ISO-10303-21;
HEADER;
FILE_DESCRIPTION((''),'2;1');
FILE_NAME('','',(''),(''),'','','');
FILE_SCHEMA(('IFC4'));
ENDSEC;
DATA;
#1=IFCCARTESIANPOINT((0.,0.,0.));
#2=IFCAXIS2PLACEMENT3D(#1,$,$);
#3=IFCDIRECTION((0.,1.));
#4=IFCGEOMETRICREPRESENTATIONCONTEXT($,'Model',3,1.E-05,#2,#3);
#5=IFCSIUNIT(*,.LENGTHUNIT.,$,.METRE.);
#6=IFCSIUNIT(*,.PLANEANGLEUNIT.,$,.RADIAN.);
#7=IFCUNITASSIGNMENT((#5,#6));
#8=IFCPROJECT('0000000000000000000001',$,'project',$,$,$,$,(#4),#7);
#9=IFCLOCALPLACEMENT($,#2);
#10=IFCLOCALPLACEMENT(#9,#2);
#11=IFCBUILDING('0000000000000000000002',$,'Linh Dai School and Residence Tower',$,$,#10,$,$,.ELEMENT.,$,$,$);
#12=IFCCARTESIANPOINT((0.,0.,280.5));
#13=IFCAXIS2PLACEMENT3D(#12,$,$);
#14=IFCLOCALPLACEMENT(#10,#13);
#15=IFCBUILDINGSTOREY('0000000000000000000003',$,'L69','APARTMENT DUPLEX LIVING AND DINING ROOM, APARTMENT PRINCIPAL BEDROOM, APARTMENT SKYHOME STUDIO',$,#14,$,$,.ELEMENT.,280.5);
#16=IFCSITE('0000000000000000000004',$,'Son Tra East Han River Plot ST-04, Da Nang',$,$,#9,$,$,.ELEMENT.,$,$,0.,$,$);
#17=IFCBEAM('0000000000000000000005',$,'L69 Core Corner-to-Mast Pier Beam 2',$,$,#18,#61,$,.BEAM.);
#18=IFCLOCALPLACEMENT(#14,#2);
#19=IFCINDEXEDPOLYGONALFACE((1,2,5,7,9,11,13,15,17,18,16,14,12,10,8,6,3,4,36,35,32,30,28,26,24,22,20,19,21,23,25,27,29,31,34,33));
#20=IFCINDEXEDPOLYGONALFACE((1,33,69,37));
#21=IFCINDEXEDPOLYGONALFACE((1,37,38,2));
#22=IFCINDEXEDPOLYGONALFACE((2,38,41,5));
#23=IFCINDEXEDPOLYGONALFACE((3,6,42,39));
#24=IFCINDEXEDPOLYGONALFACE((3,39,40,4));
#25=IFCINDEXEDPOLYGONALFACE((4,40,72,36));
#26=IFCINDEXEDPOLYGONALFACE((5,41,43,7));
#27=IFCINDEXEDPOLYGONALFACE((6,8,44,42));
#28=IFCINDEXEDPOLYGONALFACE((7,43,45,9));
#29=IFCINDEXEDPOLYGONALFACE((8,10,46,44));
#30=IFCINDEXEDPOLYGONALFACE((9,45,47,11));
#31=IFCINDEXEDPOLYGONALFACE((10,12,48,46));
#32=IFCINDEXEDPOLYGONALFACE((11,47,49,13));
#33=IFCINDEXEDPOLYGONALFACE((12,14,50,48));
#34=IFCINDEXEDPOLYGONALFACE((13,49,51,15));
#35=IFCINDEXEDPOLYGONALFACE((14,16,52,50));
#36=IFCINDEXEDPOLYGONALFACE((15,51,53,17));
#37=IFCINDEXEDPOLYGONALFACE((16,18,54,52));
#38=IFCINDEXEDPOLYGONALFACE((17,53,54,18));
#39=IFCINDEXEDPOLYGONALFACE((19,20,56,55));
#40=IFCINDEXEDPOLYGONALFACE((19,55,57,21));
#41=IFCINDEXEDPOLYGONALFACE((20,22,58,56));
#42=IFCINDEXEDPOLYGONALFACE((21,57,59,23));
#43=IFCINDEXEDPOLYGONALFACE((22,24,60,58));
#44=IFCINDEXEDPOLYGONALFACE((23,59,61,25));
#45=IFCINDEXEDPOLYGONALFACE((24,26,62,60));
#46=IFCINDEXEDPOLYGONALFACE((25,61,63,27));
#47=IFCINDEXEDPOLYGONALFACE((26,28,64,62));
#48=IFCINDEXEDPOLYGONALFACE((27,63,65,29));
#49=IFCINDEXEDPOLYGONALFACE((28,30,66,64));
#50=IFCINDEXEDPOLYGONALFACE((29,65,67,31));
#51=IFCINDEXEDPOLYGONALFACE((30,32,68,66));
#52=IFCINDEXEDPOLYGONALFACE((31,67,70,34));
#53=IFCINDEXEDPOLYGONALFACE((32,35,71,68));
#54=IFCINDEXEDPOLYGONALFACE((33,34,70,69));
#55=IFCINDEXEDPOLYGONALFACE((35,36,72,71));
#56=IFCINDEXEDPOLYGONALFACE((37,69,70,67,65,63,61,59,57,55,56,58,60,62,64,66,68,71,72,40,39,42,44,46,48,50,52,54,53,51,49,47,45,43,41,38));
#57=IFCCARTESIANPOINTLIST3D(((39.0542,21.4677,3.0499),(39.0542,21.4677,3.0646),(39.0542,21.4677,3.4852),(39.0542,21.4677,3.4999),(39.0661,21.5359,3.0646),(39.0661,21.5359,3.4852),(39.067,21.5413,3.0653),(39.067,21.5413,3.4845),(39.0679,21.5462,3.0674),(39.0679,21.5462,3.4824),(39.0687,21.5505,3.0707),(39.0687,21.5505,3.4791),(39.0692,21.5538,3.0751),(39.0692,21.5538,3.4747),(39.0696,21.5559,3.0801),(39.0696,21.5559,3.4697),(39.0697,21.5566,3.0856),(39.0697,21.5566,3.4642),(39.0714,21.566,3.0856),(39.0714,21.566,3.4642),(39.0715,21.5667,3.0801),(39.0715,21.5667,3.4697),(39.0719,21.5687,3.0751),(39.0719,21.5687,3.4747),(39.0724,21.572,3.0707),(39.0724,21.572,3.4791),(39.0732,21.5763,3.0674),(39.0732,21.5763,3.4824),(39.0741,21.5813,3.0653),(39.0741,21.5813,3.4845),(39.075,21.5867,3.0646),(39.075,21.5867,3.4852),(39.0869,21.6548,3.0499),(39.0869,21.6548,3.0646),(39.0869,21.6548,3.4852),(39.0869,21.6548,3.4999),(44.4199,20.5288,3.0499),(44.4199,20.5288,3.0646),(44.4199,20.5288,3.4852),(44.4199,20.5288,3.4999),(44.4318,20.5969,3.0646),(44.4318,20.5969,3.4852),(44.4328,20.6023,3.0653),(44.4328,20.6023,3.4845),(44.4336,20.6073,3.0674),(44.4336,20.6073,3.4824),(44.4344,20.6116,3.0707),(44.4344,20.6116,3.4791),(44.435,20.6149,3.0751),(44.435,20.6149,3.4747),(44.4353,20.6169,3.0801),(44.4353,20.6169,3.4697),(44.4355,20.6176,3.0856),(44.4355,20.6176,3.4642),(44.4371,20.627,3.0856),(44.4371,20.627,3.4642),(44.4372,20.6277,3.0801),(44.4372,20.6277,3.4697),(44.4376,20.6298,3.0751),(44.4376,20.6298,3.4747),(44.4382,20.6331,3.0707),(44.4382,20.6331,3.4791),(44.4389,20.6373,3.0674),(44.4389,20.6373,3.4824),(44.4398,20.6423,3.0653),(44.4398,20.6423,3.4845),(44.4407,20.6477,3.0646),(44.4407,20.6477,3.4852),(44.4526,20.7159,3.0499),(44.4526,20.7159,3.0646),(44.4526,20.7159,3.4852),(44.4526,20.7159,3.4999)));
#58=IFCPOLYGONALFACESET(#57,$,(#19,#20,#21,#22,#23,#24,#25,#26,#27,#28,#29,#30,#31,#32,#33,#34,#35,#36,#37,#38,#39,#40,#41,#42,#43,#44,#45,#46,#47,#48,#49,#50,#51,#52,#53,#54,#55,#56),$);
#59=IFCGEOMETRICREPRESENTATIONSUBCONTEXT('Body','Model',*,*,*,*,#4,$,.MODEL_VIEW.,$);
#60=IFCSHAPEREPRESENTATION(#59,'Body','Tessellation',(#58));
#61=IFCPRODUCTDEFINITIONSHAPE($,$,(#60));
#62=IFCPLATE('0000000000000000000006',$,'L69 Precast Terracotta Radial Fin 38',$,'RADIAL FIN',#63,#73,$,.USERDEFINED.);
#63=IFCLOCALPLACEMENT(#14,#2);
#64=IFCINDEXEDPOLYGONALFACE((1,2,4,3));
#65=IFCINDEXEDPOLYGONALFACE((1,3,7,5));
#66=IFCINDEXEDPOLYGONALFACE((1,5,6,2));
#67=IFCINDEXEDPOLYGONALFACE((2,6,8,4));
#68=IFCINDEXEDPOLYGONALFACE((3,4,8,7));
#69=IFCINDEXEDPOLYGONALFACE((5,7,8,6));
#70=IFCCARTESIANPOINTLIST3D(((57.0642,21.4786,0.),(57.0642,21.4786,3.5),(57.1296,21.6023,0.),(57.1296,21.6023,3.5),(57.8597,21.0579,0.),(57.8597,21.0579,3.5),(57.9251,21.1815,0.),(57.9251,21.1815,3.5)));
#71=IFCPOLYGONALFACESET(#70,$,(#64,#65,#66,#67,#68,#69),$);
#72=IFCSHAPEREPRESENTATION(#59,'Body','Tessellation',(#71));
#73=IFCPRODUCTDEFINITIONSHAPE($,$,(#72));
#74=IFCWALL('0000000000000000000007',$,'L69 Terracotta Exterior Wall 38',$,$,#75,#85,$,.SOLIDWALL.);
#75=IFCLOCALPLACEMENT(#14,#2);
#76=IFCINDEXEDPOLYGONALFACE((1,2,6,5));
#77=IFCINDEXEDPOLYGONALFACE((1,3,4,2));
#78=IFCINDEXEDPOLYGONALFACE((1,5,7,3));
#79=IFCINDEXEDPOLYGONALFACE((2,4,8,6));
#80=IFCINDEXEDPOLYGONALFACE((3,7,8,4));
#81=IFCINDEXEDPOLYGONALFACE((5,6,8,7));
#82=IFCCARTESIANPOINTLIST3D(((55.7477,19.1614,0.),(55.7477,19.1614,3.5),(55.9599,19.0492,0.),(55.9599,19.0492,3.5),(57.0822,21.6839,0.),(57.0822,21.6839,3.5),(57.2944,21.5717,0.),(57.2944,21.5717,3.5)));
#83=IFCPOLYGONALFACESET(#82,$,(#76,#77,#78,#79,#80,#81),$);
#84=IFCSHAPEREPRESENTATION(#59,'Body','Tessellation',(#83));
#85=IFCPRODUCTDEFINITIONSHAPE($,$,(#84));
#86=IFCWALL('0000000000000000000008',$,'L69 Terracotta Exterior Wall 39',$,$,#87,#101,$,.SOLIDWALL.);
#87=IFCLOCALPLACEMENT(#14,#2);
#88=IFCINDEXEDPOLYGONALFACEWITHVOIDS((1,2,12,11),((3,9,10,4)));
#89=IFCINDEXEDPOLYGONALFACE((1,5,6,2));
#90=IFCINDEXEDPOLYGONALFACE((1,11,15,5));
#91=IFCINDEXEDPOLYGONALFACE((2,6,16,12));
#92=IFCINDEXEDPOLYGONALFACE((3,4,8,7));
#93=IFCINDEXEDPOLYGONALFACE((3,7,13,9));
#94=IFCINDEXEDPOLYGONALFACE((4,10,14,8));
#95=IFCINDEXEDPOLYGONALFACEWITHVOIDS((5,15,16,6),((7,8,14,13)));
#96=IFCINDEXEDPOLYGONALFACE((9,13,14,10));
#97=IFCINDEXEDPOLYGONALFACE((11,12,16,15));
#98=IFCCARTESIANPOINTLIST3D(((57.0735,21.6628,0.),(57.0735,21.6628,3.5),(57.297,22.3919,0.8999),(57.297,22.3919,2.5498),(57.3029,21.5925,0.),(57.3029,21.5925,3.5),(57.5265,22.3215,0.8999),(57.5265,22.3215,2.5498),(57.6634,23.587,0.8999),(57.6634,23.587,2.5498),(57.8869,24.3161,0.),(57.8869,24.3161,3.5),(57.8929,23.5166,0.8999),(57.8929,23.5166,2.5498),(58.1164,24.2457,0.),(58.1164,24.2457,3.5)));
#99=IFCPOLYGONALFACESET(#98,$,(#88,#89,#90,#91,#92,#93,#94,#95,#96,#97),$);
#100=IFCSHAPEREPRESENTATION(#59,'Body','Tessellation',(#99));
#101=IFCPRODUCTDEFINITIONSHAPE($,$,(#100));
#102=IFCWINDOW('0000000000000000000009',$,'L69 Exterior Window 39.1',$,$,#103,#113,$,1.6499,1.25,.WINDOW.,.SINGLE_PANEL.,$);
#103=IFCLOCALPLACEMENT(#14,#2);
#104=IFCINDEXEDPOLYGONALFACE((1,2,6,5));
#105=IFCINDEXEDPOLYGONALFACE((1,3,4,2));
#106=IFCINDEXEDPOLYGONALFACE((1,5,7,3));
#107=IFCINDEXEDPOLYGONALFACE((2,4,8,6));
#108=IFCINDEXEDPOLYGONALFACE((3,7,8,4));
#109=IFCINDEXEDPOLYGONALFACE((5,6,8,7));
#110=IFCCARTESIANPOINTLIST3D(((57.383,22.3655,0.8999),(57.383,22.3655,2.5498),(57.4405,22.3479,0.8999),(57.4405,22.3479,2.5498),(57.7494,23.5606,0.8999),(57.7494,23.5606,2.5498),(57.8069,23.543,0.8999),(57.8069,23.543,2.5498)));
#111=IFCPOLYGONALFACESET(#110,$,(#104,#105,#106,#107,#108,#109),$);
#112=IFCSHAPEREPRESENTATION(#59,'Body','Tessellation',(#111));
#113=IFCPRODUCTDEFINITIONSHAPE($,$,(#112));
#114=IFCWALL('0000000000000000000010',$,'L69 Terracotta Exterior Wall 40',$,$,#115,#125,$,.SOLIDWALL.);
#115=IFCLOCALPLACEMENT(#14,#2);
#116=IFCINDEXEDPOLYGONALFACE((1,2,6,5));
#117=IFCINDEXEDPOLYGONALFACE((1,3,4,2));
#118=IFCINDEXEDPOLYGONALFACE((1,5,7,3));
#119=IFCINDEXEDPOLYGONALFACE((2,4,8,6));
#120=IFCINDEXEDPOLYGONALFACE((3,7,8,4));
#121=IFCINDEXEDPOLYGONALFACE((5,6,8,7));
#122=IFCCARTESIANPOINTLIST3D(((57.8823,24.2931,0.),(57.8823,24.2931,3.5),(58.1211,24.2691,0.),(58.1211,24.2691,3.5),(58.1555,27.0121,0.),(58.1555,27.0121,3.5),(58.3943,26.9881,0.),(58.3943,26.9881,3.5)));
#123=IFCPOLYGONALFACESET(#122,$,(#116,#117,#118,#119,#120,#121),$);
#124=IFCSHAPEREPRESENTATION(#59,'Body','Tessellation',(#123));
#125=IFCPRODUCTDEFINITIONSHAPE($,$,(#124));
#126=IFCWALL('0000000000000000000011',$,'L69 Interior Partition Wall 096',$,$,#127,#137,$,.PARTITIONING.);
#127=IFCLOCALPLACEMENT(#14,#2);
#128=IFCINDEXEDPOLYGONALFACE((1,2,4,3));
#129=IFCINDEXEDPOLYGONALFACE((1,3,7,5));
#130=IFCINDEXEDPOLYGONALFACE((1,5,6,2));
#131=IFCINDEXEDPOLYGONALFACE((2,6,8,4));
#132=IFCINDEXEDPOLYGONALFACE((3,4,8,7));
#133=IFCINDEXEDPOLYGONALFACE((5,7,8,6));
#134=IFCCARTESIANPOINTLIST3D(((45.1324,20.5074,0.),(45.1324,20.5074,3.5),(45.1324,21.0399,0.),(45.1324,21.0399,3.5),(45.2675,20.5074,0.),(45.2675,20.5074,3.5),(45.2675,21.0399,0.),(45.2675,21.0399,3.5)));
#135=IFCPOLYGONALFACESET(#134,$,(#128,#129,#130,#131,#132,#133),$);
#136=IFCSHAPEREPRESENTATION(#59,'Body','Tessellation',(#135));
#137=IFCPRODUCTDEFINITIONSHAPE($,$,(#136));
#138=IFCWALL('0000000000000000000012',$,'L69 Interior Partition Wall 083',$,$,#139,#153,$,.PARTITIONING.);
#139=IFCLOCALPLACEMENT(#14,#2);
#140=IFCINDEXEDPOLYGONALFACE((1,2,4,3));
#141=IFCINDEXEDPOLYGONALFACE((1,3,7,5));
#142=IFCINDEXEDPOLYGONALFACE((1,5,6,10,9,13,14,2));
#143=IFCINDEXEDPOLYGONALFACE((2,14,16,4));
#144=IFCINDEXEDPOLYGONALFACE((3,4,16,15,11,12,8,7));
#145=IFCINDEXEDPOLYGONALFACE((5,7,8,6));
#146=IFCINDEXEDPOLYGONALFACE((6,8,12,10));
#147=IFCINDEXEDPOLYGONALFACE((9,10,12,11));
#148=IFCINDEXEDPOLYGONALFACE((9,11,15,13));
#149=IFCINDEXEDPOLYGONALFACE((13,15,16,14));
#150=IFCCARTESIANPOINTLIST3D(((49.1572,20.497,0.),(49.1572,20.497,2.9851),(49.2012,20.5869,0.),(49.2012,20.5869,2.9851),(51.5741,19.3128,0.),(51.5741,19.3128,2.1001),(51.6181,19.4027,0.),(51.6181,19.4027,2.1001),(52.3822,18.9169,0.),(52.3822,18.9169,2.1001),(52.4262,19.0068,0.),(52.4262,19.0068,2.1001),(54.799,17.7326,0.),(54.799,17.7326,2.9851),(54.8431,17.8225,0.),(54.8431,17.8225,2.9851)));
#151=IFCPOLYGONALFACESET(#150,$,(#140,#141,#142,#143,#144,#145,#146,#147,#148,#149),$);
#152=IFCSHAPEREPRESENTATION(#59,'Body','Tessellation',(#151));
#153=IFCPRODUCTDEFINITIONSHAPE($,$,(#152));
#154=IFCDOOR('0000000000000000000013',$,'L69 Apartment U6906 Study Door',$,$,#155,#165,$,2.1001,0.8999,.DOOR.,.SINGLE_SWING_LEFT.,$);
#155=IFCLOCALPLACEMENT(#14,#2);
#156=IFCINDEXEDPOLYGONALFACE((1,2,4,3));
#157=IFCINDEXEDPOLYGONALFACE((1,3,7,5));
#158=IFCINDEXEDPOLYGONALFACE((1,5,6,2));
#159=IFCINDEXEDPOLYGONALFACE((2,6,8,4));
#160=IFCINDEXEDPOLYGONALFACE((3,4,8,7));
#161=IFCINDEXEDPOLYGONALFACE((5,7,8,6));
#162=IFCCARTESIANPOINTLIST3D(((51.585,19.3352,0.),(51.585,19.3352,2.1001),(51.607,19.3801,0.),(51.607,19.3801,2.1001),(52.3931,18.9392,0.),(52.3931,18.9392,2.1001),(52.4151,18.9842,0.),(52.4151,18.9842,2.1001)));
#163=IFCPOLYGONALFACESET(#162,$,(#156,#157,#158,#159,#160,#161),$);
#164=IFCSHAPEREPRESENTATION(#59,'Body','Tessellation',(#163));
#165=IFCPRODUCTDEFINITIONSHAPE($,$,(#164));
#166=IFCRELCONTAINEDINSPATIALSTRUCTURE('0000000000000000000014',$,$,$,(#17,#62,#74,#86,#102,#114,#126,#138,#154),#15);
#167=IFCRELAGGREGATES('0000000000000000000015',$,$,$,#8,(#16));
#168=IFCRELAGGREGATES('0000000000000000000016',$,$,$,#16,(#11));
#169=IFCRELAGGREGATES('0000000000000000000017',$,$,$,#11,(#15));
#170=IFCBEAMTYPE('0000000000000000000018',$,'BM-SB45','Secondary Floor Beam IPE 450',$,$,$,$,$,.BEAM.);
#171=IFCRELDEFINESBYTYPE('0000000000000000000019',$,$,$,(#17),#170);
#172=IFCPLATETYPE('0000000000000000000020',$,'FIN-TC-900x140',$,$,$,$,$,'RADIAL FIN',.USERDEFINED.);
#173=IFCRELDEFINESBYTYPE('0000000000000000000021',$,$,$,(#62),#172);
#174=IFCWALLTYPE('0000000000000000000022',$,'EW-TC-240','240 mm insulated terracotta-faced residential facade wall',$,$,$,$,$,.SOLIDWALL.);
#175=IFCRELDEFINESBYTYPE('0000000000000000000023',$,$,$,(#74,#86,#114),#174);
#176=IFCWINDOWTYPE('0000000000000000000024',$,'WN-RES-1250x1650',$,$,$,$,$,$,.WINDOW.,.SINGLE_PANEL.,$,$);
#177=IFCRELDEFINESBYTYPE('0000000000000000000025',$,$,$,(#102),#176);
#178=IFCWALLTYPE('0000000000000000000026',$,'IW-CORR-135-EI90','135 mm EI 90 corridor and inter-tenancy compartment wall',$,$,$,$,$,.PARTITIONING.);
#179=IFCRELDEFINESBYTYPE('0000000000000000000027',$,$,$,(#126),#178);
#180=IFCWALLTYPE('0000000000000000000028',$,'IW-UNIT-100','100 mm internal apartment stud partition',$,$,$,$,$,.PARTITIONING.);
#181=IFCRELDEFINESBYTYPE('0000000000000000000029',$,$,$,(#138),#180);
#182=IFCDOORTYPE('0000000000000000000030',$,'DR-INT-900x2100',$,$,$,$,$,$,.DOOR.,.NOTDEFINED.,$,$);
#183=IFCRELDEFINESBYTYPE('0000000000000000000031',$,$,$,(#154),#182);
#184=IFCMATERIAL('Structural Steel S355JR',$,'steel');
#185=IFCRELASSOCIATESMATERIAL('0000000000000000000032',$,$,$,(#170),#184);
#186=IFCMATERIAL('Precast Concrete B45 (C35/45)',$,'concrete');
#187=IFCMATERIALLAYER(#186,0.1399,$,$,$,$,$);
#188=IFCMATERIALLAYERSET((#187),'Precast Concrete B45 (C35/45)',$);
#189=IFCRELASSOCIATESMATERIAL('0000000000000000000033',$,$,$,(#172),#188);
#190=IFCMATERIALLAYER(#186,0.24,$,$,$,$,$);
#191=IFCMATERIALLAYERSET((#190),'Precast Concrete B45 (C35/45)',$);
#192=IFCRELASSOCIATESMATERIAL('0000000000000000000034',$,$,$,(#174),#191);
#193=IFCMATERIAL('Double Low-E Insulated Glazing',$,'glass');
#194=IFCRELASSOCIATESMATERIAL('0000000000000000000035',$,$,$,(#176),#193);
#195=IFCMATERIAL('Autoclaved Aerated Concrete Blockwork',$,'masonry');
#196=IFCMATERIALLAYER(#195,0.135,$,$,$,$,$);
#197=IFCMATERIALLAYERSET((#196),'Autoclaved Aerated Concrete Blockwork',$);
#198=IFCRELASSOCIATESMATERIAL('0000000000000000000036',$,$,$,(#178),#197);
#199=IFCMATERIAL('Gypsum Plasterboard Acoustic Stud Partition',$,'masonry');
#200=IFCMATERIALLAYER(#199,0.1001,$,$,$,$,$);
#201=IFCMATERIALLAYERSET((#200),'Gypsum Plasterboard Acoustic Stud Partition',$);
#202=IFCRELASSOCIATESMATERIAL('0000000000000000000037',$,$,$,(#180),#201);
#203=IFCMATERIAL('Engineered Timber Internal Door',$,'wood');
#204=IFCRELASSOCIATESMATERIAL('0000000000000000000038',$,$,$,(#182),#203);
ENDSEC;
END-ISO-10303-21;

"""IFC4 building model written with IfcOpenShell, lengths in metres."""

from ifc_helpers import new_model, si_unit, direction, frame, frame_2d, origin, origin_2d, place, context, subcontext, project, spatial, rectangle, i_section, extrude, source, transform, mapped, material, layer, layer_set, material_profile, profile_set, type_object, element, fill, save


model = new_model("IFC4")

# Units and contexts
model_context = context("Model", 3, precision=1e-05, world=origin(), true_north=direction((0.0, 1.0)))
body_context = subcontext(model_context, "Body", "Model", "MODEL_VIEW")
ifc_project = project(units=[si_unit("LENGTHUNIT", "METRE"), si_unit("PLANEANGLEUNIT", "RADIAN")], contexts=[model_context])

# Site, building, storey
site_placement = place(None, origin())
site = spatial("IfcSite", under=ifc_project, at=site_placement, Name="Son Tra East Han River Plot ST-04, Da Nang", CompositionType="ELEMENT", RefElevation=0.0)
building_placement = place(site_placement, origin())
building = spatial("IfcBuilding", under=site, at=building_placement, Name="Linh Dai School and Residence Tower", CompositionType="ELEMENT")
storey_placement = place(building_placement, frame((0.0, 0.0, 280.5)))
storey = spatial("IfcBuildingStorey", under=building, at=storey_placement, Name="L69", Description="APARTMENT DUPLEX LIVING AND DINING ROOM, APARTMENT PRINCIPAL BEDROOM, APARTMENT SKYHOME STUDIO", CompositionType="ELEMENT", Elevation=280.5)

# Shared definitions
ifc_material_1 = material(Name="Structural Steel S355JR", Category="steel")

# Beam
ifc_material_profile_1 = material_profile(ifc_material_1, i_section(OverallWidth=0.1899, OverallDepth=0.45, WebThickness=0.0095, FlangeThickness=0.0146, FilletRadius=0.021, at=origin_2d()), Name="IPE 450")
ifc_profile_set_1 = profile_set([ifc_material_profile_1], Name="Structural Steel S355JR")
beam_type_1 = type_object("IfcBeamType", Name="BM-SB45", Description="Secondary Floor Beam IPE 450", PredefinedType="BEAM", material=ifc_profile_set_1)
beam_1_placement = place(storey_placement, frame((44.4363, 20.6223, 3.2749), z_axis=(-0.985032, 0.172374, 0.0), x_axis=(-0.172374, -0.985032, 0.0)))
element("IfcBeam", 1, at=beam_1_placement, inside=storey, type_object=beam_type_1, Name="L69 Core Corner-to-Mast Pier Beam 2", PredefinedType="BEAM", context=body_context, shape_type="SweptSolid", body=[
    extrude(i_section(OverallWidth=0.1899, OverallDepth=0.45, WebThickness=0.0095, FlangeThickness=0.0146, FilletRadius=0.021, at=origin_2d()), origin(), (0.0, 0.0, 1.0), 5.4473),
])

# Plate
ifc_material_2 = material(Name="Precast Concrete B45 (C35/45)", Category="concrete")
ifc_layer_1 = layer(ifc_material_2, 0.1399)
ifc_layer_set_1 = layer_set([ifc_layer_1], Name="Precast Concrete B45 (C35/45)")
plate_type = type_object("IfcPlateType", Name="FIN-TC-900x140", ElementType="RADIAL FIN", PredefinedType="USERDEFINED", material=ifc_layer_set_1)
shared_shape_1 = source(origin(), body_context, "Body", "SweptSolid", [
    extrude(rectangle(XDim=0.8999, YDim=0.1399, at=origin_2d()), origin(), (0.0, 0.0, 1.0), 3.5),
])
plate_placement = place(storey_placement, frame((57.4946, 21.3301, 0.0), z_axis=(0.0, 0.0, 1.0), x_axis=(0.883938, -0.467604, 0.0)))
element("IfcPlate", 2, at=plate_placement, inside=storey, type_object=plate_type, Name="L69 Precast Terracotta Radial Fin 38", ObjectType="RADIAL FIN", PredefinedType="USERDEFINED", context=body_context, shape_type="MappedRepresentation", body=[
    mapped(shared_shape_1, transform((0.0, 0.0, 0.0), x_axis=(1.0, 0.0, 0.0), y_axis=(0.0, 1.0, 0.0), z_axis=(0.0, 0.0, 1.0), scale=1.0)),
])

# Wall
ifc_layer_2 = layer(ifc_material_2, 0.24)
ifc_layer_set_2 = layer_set([ifc_layer_2], Name="Precast Concrete B45 (C35/45)")
wall_type_1 = type_object("IfcWallType", Name="EW-TC-240", Description="240 mm insulated terracotta-faced residential facade wall", PredefinedType="SOLIDWALL", material=ifc_layer_set_2)
wall_1_placement = place(storey_placement, frame((57.1882, 21.6277, 0.0), z_axis=(0.0, 0.0, 1.0), x_axis=(-0.467628, -0.883925, 0.0)))
element("IfcWall", 3, at=wall_1_placement, inside=storey, type_object=wall_type_1, Name="L69 Terracotta Exterior Wall 38", PredefinedType="SOLIDWALL", context=body_context, shape_type="SweptSolid", body=[
    extrude(rectangle(XDim=2.8538, YDim=0.24, at=frame_2d((1.4268, 0.0))), origin(), (0.0, 0.0, 1.0), 3.5),
])

# Wall, opening, window
wall_2_placement = place(storey_placement, frame((58.0017, 24.281, 0.0), z_axis=(0.0, 0.0, 1.0), x_axis=(-0.293121, -0.956075, 0.0)))
wall_2 = element("IfcWall", 4, at=wall_2_placement, inside=storey, type_object=wall_type_1, Name="L69 Terracotta Exterior Wall 39", PredefinedType="SOLIDWALL", context=body_context, shape_type="SweptSolid", body=[
    extrude(rectangle(XDim=2.7751, YDim=0.24, at=frame_2d((1.3877, 0.0))), origin(), (0.0, 0.0, 1.0), 3.5),
])
opening_1_placement = place(wall_2_placement, frame((0.7627, 0.0, 0.8999)))
opening_1 = element("IfcOpeningElement", 5, at=opening_1_placement, cuts=wall_2, PredefinedType="OPENING", context=body_context, shape_type="SweptSolid", body=[
    extrude(rectangle(XDim=1.25, YDim=1.6499, at=origin_2d()), frame((0.625, 0.1299, 0.825), z_axis=(0.0, -1.0, 0.0), x_axis=(1.0, 0.0, 0.0)), (0.0, 0.0, 1.0), 0.26),
])
ifc_material_3 = material(Name="Double Low-E Insulated Glazing", Category="glass")
window_type = type_object("IfcWindowType", Name="WN-RES-1250x1650", PartitioningType="SINGLE_PANEL", PredefinedType="WINDOW", material=ifc_material_3)
shared_shape_2 = source(origin(), body_context, "Body", "SweptSolid", [
    extrude(rectangle(XDim=1.25, YDim=1.6499, at=origin_2d()), frame((0.625, 0.03, 0.825), z_axis=(0.0, -1.0, 0.0), x_axis=(1.0, 0.0, 0.0)), (0.0, 0.0, 1.0), 0.0601),
])
window_placement = place(opening_1_placement, origin())
window = element("IfcWindow", 6, at=window_placement, inside=storey, type_object=window_type, Name="L69 Exterior Window 39.1", OverallHeight=1.6499, OverallWidth=1.25, PartitioningType="SINGLE_PANEL", PredefinedType="WINDOW", context=body_context, shape_type="MappedRepresentation", body=[
    mapped(shared_shape_2, transform((0.0, 0.0, 0.0), x_axis=(1.0, 0.0, 0.0), y_axis=(0.0, 1.0, 0.0), z_axis=(0.0, 0.0, 1.0), scale=1.0)),
])
fill(opening_1, window)

# Walls
wall_3_placement = place(storey_placement, frame((58.2749, 27.0, 0.0), z_axis=(0.0, 0.0, 1.0), x_axis=(-0.099973, -0.99499, 0.0)))
element("IfcWall", 7, at=wall_3_placement, inside=storey, type_object=wall_type_1, Name="L69 Terracotta Exterior Wall 40", PredefinedType="SOLIDWALL", context=body_context, shape_type="SweptSolid", body=[
    extrude(rectangle(XDim=2.7327, YDim=0.24, at=frame_2d((1.3662, 0.0))), origin(), (0.0, 0.0, 1.0), 3.5),
])
ifc_material_4 = material(Name="Autoclaved Aerated Concrete Blockwork", Category="masonry")
ifc_layer_3 = layer(ifc_material_4, 0.135)
ifc_layer_set_3 = layer_set([ifc_layer_3], Name="Autoclaved Aerated Concrete Blockwork")
wall_type_2 = type_object("IfcWallType", Name="IW-CORR-135-EI90", Description="135 mm EI 90 corridor and inter-tenancy compartment wall", PredefinedType="PARTITIONING", material=ifc_layer_set_3)
wall_4_placement = place(storey_placement, frame((45.2, 20.5076, 0.0), z_axis=(0.0, 0.0, 1.0), x_axis=(0.0, 1.0, 0.0)))
element("IfcWall", 8, at=wall_4_placement, inside=storey, type_object=wall_type_2, Name="L69 Interior Partition Wall 096", PredefinedType="PARTITIONING", context=body_context, shape_type="SweptSolid", body=[
    extrude(rectangle(XDim=0.5325, YDim=0.135, at=frame_2d((0.2661, 0.0))), origin(), (0.0, 0.0, 1.0), 3.5),
])

# Wall, opening, door
ifc_material_5 = material(Name="Gypsum Plasterboard Acoustic Stud Partition", Category="masonry")
ifc_layer_4 = layer(ifc_material_5, 0.1001)
ifc_layer_set_4 = layer_set([ifc_layer_4], Name="Gypsum Plasterboard Acoustic Stud Partition")
wall_type_3 = type_object("IfcWallType", Name="IW-UNIT-100", Description="100 mm internal apartment stud partition", PredefinedType="PARTITIONING", material=ifc_layer_set_4)
wall_5_placement = place(storey_placement, frame((49.1792, 20.542, 0.0), z_axis=(0.0, 0.0, 1.0), x_axis=(0.897997, -0.440002, 0.0)))
wall_5 = element("IfcWall", 9, at=wall_5_placement, inside=storey, type_object=wall_type_3, Name="L69 Interior Partition Wall 083", PredefinedType="PARTITIONING", context=body_context, shape_type="SweptSolid", body=[
    extrude(rectangle(XDim=6.2827, YDim=0.1001, at=frame_2d((3.1414, 0.0))), origin(), (0.0, 0.0, 1.0), 2.9851),
])
opening_2_placement = place(wall_5_placement, frame((2.6914, 0.0, 0.0)))
opening_2 = element("IfcOpeningElement", 10, at=opening_2_placement, cuts=wall_5, PredefinedType="OPENING", context=body_context, shape_type="SweptSolid", body=[
    extrude(rectangle(XDim=0.8999, YDim=2.1001, at=origin_2d()), frame((0.45, 0.0601, 1.05), z_axis=(0.0, -1.0, 0.0), x_axis=(1.0, 0.0, 0.0)), (0.0, 0.0, 1.0), 0.1201),
])
ifc_material_6 = material(Name="Engineered Timber Internal Door", Category="wood")
door_type_1 = type_object("IfcDoorType", Name="DR-INT-900x2100", OperationType="NOTDEFINED", PredefinedType="DOOR", material=ifc_material_6)
shared_shape_3 = source(origin(), body_context, "Body", "SweptSolid", [
    extrude(rectangle(XDim=0.8999, YDim=2.1001, at=origin_2d()), frame((0.45, 0.0249, 1.05), z_axis=(0.0, -1.0, 0.0), x_axis=(1.0, 0.0, 0.0)), (0.0, 0.0, 1.0), 0.05),
])
door_1_placement = place(opening_2_placement, origin())
door_1 = element("IfcDoor", 11, at=door_1_placement, inside=storey, type_object=door_type_1, Name="L69 Apartment U6906 Study Door", OperationType="SINGLE_SWING_LEFT", OverallHeight=2.1001, OverallWidth=0.8999, PredefinedType="DOOR", context=body_context, shape_type="MappedRepresentation", body=[
    mapped(shared_shape_3, transform((0.0, 0.0, 0.0), x_axis=(1.0, 0.0, 0.0), y_axis=(0.0, 1.0, 0.0), z_axis=(0.0, 0.0, 1.0), scale=1.0)),
])
fill(opening_2, door_1)

save(model, "model.ifc")
